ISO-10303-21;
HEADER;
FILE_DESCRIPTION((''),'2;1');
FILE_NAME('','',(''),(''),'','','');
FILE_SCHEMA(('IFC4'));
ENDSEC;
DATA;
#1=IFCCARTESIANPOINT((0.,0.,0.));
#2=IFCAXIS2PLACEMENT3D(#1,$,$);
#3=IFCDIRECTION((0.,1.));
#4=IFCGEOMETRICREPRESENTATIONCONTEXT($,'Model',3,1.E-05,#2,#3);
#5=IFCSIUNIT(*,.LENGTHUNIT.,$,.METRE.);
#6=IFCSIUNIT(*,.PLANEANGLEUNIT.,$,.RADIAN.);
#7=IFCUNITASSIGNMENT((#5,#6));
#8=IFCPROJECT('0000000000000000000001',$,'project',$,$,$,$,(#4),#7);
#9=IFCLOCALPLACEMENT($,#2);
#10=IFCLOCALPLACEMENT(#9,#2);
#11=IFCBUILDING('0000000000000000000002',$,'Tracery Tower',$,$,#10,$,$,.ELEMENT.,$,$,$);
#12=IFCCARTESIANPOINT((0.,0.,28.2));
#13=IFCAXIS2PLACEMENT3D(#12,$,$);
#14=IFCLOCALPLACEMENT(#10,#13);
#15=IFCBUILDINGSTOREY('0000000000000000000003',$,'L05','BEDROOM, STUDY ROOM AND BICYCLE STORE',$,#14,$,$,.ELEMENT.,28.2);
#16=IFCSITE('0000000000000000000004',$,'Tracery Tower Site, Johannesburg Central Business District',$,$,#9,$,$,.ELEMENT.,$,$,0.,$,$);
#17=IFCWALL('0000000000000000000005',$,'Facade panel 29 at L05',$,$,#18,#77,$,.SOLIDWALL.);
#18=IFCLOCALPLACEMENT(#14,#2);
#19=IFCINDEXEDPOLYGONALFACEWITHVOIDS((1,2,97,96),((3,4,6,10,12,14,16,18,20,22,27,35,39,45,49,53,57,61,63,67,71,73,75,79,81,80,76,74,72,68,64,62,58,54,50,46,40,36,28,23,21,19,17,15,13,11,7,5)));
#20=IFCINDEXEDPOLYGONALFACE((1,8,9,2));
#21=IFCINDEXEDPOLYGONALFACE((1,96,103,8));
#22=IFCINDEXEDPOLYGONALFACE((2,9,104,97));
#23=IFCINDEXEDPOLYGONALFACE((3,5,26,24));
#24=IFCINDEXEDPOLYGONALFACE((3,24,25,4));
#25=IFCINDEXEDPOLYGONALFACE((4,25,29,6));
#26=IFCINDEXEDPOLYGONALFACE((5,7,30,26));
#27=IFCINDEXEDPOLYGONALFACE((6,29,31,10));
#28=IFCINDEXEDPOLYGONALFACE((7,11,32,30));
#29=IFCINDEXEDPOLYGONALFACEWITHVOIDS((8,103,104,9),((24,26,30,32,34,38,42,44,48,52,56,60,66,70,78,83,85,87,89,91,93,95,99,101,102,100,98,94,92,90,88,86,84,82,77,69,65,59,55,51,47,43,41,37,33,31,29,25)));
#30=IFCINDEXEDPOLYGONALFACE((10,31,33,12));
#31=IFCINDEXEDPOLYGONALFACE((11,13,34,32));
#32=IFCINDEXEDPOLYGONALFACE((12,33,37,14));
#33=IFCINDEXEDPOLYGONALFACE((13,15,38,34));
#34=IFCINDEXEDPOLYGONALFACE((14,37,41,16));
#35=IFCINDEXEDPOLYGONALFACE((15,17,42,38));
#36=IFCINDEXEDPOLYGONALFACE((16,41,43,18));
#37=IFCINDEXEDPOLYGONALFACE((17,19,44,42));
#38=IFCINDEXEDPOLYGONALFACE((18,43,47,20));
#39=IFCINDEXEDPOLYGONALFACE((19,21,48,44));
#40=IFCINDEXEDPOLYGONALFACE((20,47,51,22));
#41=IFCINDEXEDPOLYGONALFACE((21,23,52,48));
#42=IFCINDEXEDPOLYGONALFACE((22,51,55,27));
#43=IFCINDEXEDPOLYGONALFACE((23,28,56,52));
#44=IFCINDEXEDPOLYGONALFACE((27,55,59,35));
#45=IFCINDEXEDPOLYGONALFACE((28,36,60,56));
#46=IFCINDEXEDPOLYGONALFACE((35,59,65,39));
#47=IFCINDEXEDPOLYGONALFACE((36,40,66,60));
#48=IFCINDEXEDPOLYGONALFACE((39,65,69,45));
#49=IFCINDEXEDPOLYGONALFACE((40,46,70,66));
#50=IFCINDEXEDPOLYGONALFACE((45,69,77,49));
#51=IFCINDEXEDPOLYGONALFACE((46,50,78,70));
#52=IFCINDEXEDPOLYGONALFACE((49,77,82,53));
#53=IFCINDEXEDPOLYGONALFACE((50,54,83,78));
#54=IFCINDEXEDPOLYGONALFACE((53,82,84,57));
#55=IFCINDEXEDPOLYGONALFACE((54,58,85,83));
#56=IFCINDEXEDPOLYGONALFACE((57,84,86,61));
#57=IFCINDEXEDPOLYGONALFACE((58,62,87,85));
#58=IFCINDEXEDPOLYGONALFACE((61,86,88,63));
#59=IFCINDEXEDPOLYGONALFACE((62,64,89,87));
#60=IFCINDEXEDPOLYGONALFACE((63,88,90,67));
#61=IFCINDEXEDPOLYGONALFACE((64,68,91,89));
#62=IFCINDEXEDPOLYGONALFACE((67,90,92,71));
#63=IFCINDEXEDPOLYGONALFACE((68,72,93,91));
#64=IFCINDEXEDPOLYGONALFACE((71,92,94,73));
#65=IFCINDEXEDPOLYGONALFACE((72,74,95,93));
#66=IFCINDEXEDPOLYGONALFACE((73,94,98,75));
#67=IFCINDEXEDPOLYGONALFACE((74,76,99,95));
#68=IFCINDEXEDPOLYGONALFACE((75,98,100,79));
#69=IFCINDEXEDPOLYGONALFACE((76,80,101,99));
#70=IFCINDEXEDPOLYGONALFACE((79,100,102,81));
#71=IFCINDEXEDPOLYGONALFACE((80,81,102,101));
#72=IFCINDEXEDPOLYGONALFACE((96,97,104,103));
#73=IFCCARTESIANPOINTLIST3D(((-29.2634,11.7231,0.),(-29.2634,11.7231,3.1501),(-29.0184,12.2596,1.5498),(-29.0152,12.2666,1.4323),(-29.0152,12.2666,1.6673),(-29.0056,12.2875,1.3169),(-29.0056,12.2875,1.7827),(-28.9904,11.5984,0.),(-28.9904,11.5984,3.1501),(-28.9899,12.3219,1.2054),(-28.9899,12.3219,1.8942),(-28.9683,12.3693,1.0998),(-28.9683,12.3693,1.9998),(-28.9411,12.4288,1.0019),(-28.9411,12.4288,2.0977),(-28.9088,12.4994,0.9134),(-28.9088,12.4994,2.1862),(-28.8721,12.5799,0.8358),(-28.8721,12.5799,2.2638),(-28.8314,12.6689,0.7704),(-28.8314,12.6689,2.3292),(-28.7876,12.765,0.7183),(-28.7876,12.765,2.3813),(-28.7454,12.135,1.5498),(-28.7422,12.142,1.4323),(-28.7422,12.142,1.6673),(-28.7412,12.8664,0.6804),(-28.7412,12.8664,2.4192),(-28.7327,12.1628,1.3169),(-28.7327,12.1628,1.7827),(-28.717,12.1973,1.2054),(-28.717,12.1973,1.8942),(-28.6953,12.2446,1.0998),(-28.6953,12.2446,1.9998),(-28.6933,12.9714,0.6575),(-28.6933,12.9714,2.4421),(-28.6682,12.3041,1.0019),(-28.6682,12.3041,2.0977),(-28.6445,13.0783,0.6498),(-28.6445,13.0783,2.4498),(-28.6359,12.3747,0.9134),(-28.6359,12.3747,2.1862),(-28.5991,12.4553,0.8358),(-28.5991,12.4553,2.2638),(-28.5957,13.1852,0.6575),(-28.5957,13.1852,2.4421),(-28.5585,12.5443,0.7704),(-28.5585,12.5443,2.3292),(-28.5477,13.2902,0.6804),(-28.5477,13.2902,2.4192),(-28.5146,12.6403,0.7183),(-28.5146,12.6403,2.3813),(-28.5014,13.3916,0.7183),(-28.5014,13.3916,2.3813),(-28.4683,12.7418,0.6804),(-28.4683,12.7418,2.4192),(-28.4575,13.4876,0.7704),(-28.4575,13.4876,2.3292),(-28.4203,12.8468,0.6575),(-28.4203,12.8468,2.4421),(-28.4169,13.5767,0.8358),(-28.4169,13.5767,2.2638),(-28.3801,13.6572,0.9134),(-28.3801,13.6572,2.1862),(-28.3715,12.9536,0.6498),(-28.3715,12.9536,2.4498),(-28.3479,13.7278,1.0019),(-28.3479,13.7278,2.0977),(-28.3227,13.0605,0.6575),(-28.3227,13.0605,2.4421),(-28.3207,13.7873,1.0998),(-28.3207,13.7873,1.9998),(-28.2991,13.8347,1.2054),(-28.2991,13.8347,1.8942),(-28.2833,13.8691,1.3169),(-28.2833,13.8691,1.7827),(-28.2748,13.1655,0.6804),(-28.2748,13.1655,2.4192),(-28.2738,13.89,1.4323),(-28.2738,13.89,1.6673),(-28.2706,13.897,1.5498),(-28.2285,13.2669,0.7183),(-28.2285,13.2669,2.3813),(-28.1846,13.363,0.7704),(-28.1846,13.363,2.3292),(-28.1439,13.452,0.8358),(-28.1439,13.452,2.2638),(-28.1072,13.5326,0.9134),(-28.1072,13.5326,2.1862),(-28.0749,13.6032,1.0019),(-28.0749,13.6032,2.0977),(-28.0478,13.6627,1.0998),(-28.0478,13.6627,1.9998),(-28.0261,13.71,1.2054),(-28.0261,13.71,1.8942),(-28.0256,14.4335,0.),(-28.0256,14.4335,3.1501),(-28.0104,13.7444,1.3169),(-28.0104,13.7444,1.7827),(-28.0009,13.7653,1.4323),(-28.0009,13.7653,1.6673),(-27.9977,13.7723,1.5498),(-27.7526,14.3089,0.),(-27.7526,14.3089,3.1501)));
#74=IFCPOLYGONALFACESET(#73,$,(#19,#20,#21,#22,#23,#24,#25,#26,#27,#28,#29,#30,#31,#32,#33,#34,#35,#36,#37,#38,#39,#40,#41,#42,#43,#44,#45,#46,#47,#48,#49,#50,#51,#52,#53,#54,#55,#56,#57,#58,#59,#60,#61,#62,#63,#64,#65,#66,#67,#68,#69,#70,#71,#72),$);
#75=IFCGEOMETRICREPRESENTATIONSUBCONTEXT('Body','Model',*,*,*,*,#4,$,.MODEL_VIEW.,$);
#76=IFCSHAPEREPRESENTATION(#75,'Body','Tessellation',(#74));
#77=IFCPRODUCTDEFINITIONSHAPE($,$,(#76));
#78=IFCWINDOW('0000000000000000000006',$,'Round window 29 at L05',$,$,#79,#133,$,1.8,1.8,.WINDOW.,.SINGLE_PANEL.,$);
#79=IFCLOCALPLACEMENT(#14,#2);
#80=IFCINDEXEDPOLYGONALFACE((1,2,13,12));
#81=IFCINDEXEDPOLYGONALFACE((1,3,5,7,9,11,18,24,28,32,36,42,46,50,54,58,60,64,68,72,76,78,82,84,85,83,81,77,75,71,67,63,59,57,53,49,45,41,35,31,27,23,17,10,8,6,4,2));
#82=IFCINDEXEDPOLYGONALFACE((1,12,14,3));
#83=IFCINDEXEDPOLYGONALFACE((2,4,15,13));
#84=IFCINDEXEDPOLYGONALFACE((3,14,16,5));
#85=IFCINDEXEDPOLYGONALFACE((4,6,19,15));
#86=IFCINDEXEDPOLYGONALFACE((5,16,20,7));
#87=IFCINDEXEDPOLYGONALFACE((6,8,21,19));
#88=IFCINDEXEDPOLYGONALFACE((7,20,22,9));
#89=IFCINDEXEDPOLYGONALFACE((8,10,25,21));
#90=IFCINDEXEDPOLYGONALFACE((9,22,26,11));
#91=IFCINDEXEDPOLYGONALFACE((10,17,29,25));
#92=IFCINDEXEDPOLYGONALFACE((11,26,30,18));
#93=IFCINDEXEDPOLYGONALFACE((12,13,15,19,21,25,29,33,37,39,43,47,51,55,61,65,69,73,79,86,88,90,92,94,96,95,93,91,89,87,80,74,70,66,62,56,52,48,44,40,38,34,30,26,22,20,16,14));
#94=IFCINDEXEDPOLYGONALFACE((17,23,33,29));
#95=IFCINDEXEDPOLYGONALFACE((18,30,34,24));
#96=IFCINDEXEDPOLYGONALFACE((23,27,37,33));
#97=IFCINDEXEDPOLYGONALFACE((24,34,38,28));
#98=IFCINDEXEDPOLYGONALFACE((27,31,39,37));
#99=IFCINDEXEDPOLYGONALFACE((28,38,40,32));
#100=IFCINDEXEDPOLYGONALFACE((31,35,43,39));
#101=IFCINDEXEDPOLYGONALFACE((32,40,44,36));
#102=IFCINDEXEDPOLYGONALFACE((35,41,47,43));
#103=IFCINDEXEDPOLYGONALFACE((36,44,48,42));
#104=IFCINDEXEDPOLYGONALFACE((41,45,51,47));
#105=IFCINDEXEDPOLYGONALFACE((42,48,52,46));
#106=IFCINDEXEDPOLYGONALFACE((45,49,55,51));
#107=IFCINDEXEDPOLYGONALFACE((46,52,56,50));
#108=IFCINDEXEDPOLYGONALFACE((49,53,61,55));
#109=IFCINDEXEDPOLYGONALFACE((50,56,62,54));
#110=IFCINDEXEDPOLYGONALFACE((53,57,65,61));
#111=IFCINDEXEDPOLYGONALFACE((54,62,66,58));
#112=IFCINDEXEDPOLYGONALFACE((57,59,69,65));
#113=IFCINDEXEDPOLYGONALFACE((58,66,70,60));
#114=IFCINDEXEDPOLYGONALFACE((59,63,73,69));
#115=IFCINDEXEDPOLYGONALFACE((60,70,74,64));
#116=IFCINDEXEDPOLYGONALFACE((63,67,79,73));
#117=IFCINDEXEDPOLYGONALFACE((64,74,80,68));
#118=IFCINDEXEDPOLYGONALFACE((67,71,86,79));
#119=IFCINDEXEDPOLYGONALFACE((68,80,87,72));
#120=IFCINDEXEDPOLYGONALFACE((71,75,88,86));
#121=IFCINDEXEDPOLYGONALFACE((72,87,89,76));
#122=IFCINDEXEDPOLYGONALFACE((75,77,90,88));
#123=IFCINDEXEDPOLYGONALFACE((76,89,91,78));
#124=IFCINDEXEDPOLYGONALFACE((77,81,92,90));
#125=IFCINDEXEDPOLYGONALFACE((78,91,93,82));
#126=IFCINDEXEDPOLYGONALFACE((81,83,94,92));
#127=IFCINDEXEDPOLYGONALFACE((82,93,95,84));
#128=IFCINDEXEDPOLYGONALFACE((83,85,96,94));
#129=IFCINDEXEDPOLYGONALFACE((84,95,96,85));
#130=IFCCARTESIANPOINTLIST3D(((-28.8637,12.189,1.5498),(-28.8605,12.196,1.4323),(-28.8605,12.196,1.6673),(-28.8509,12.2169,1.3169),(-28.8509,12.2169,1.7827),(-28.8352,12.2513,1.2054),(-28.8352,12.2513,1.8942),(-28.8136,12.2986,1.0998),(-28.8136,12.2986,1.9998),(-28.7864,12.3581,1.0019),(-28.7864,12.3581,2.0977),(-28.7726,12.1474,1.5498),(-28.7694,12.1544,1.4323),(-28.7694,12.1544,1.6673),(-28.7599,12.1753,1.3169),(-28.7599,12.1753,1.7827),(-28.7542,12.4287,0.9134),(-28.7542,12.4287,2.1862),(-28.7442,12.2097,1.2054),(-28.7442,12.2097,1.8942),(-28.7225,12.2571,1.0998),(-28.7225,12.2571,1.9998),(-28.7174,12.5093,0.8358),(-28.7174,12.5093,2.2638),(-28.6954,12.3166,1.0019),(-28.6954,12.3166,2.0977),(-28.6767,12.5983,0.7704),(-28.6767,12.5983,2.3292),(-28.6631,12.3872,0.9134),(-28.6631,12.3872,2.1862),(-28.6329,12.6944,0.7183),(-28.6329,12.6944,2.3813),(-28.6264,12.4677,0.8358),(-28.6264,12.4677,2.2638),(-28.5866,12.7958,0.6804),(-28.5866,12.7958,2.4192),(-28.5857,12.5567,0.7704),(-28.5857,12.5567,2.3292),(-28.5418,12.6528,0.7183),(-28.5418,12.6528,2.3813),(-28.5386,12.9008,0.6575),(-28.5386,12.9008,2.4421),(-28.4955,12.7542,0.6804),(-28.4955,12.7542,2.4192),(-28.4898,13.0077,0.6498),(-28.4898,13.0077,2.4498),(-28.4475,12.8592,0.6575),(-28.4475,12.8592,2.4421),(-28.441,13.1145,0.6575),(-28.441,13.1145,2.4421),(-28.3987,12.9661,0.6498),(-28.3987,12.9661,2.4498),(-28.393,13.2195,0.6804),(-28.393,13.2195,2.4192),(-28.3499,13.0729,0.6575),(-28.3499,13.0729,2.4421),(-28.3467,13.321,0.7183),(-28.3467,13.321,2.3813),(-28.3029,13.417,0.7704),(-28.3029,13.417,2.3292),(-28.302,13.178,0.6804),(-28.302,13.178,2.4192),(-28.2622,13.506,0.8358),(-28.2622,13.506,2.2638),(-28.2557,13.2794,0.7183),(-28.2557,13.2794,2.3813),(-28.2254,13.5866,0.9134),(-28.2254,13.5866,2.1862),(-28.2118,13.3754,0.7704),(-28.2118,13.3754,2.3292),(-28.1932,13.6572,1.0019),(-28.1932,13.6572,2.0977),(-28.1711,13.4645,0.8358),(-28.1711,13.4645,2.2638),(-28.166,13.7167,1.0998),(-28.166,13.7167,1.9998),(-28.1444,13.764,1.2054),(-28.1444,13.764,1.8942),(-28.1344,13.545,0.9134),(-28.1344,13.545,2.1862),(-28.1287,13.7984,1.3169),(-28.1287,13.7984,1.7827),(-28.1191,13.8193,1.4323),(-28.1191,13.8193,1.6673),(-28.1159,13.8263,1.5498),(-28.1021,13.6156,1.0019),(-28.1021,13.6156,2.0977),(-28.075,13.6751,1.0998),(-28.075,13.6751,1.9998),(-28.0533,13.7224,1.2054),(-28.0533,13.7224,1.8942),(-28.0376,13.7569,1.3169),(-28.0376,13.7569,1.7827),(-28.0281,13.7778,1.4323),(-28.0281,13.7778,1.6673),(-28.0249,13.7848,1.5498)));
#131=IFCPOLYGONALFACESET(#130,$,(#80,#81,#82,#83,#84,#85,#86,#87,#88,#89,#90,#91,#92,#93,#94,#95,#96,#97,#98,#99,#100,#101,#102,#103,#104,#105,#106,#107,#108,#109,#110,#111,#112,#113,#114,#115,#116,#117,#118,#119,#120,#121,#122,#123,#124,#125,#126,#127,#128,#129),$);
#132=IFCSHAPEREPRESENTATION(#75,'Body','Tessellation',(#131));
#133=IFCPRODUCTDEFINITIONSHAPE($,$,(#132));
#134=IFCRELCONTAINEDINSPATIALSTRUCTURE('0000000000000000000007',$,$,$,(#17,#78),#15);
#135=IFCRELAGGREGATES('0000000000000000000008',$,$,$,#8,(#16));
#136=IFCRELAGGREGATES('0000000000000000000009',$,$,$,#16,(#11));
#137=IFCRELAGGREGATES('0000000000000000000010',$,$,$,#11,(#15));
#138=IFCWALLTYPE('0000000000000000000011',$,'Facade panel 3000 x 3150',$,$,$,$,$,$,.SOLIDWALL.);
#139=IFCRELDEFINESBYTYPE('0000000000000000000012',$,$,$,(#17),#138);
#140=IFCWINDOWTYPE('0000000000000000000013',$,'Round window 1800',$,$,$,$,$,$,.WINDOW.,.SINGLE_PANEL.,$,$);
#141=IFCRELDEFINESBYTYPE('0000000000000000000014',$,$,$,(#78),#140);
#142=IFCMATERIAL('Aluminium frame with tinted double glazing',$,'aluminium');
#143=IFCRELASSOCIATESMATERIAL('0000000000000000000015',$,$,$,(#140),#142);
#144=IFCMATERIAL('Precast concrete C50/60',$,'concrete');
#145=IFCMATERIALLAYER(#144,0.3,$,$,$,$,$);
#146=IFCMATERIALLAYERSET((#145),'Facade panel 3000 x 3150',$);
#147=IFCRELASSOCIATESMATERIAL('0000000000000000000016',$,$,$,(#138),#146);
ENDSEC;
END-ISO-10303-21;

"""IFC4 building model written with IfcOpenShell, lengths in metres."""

from ifc_helpers import new_model, si_unit, direction, frame, frame_2d, origin, origin_2d, place, context, subcontext, project, spatial, rectangle, circle, extrude, material, layer, layer_set, type_object, element, fill, save


model = new_model("IFC4")

# Units and contexts
model_context = context("Model", 3, precision=1e-05, world=origin(), true_north=direction((0.0, 1.0)))
body_context = subcontext(model_context, "Body", "Model", "MODEL_VIEW")
ifc_project = project(units=[si_unit("LENGTHUNIT", "METRE"), si_unit("PLANEANGLEUNIT", "RADIAN")], contexts=[model_context])

# Site, building, storey
site_placement = place(None, origin())
site = spatial("IfcSite", under=ifc_project, at=site_placement, Name="Tracery Tower Site, Johannesburg Central Business District", CompositionType="ELEMENT", RefElevation=0.0)
building_placement = place(site_placement, origin())
building = spatial("IfcBuilding", under=site, at=building_placement, Name="Tracery Tower", CompositionType="ELEMENT")
storey_placement = place(building_placement, frame((0.0, 0.0, 28.2)))
storey = spatial("IfcBuildingStorey", under=building, at=storey_placement, Name="L05", Description="BEDROOM, STUDY ROOM AND BICYCLE STORE", CompositionType="ELEMENT", Elevation=28.2)

# Wall, opening, window
ifc_material_1 = material(Name="Aluminium frame with tinted double glazing", Category="aluminium")
window_type = type_object("IfcWindowType", Name="Round window 1800", PartitioningType="SINGLE_PANEL", PredefinedType="WINDOW", material=ifc_material_1)
ifc_material_2 = material(Name="Precast concrete C50/60", Category="concrete")
ifc_layer_1 = layer(ifc_material_2, 0.3)
ifc_layer_set_1 = layer_set([ifc_layer_1], Name="Facade panel 3000 x 3150")
wall_type_1 = type_object("IfcWallType", Name="Facade panel 3000 x 3150", PredefinedType="SOLIDWALL", material=ifc_layer_set_1)
wall_1_placement = place(storey_placement, frame((-27.8892, 14.3711, 0.0), z_axis=(0.0, 0.0, 1.0), x_axis=(-0.415407, -0.909636, 0.0)))
wall_1 = element("IfcWall", 1, at=wall_1_placement, inside=storey, type_object=wall_type_1, Name="Facade panel 29 at L05", PredefinedType="SOLIDWALL", context=body_context, shape_type="SweptSolid", body=[
    extrude(rectangle(XDim=2.9797, YDim=0.3, at=frame_2d((1.4897, 0.0))), origin(), (0.0, 0.0, 1.0), 3.1501),
])
opening_1_placement = place(wall_1_placement, frame((1.4897, 0.0, 1.5498)))
opening_1 = element("IfcOpeningElement", 2, at=opening_1_placement, cuts=wall_1, PredefinedType="OPENING", context=body_context, shape_type="SweptSolid", body=[
    extrude(circle(Radius=0.9, at=origin_2d()), frame((0.0, 0.1599, 0.0), z_axis=(0.0, -1.0, 0.0), x_axis=(1.0, 0.0, 0.0)), (0.0, 0.0, 1.0), 0.3201),
])
window_1_placement = place(opening_1_placement, origin())
window_1 = element("IfcWindow", 3, at=window_1_placement, inside=storey, type_object=window_type, Name="Round window 29 at L05", OverallHeight=1.8, OverallWidth=1.8, PartitioningType="SINGLE_PANEL", PredefinedType="WINDOW", context=body_context, shape_type="SweptSolid", body=[
    extrude(circle(Radius=0.9, at=origin_2d()), frame((0.0, 0.1201, 0.0), z_axis=(0.0, -1.0, 0.0), x_axis=(1.0, 0.0, 0.0)), (0.0, 0.0, 1.0), 0.1001),
])
fill(opening_1, window_1)

save(model, "model.ifc")
